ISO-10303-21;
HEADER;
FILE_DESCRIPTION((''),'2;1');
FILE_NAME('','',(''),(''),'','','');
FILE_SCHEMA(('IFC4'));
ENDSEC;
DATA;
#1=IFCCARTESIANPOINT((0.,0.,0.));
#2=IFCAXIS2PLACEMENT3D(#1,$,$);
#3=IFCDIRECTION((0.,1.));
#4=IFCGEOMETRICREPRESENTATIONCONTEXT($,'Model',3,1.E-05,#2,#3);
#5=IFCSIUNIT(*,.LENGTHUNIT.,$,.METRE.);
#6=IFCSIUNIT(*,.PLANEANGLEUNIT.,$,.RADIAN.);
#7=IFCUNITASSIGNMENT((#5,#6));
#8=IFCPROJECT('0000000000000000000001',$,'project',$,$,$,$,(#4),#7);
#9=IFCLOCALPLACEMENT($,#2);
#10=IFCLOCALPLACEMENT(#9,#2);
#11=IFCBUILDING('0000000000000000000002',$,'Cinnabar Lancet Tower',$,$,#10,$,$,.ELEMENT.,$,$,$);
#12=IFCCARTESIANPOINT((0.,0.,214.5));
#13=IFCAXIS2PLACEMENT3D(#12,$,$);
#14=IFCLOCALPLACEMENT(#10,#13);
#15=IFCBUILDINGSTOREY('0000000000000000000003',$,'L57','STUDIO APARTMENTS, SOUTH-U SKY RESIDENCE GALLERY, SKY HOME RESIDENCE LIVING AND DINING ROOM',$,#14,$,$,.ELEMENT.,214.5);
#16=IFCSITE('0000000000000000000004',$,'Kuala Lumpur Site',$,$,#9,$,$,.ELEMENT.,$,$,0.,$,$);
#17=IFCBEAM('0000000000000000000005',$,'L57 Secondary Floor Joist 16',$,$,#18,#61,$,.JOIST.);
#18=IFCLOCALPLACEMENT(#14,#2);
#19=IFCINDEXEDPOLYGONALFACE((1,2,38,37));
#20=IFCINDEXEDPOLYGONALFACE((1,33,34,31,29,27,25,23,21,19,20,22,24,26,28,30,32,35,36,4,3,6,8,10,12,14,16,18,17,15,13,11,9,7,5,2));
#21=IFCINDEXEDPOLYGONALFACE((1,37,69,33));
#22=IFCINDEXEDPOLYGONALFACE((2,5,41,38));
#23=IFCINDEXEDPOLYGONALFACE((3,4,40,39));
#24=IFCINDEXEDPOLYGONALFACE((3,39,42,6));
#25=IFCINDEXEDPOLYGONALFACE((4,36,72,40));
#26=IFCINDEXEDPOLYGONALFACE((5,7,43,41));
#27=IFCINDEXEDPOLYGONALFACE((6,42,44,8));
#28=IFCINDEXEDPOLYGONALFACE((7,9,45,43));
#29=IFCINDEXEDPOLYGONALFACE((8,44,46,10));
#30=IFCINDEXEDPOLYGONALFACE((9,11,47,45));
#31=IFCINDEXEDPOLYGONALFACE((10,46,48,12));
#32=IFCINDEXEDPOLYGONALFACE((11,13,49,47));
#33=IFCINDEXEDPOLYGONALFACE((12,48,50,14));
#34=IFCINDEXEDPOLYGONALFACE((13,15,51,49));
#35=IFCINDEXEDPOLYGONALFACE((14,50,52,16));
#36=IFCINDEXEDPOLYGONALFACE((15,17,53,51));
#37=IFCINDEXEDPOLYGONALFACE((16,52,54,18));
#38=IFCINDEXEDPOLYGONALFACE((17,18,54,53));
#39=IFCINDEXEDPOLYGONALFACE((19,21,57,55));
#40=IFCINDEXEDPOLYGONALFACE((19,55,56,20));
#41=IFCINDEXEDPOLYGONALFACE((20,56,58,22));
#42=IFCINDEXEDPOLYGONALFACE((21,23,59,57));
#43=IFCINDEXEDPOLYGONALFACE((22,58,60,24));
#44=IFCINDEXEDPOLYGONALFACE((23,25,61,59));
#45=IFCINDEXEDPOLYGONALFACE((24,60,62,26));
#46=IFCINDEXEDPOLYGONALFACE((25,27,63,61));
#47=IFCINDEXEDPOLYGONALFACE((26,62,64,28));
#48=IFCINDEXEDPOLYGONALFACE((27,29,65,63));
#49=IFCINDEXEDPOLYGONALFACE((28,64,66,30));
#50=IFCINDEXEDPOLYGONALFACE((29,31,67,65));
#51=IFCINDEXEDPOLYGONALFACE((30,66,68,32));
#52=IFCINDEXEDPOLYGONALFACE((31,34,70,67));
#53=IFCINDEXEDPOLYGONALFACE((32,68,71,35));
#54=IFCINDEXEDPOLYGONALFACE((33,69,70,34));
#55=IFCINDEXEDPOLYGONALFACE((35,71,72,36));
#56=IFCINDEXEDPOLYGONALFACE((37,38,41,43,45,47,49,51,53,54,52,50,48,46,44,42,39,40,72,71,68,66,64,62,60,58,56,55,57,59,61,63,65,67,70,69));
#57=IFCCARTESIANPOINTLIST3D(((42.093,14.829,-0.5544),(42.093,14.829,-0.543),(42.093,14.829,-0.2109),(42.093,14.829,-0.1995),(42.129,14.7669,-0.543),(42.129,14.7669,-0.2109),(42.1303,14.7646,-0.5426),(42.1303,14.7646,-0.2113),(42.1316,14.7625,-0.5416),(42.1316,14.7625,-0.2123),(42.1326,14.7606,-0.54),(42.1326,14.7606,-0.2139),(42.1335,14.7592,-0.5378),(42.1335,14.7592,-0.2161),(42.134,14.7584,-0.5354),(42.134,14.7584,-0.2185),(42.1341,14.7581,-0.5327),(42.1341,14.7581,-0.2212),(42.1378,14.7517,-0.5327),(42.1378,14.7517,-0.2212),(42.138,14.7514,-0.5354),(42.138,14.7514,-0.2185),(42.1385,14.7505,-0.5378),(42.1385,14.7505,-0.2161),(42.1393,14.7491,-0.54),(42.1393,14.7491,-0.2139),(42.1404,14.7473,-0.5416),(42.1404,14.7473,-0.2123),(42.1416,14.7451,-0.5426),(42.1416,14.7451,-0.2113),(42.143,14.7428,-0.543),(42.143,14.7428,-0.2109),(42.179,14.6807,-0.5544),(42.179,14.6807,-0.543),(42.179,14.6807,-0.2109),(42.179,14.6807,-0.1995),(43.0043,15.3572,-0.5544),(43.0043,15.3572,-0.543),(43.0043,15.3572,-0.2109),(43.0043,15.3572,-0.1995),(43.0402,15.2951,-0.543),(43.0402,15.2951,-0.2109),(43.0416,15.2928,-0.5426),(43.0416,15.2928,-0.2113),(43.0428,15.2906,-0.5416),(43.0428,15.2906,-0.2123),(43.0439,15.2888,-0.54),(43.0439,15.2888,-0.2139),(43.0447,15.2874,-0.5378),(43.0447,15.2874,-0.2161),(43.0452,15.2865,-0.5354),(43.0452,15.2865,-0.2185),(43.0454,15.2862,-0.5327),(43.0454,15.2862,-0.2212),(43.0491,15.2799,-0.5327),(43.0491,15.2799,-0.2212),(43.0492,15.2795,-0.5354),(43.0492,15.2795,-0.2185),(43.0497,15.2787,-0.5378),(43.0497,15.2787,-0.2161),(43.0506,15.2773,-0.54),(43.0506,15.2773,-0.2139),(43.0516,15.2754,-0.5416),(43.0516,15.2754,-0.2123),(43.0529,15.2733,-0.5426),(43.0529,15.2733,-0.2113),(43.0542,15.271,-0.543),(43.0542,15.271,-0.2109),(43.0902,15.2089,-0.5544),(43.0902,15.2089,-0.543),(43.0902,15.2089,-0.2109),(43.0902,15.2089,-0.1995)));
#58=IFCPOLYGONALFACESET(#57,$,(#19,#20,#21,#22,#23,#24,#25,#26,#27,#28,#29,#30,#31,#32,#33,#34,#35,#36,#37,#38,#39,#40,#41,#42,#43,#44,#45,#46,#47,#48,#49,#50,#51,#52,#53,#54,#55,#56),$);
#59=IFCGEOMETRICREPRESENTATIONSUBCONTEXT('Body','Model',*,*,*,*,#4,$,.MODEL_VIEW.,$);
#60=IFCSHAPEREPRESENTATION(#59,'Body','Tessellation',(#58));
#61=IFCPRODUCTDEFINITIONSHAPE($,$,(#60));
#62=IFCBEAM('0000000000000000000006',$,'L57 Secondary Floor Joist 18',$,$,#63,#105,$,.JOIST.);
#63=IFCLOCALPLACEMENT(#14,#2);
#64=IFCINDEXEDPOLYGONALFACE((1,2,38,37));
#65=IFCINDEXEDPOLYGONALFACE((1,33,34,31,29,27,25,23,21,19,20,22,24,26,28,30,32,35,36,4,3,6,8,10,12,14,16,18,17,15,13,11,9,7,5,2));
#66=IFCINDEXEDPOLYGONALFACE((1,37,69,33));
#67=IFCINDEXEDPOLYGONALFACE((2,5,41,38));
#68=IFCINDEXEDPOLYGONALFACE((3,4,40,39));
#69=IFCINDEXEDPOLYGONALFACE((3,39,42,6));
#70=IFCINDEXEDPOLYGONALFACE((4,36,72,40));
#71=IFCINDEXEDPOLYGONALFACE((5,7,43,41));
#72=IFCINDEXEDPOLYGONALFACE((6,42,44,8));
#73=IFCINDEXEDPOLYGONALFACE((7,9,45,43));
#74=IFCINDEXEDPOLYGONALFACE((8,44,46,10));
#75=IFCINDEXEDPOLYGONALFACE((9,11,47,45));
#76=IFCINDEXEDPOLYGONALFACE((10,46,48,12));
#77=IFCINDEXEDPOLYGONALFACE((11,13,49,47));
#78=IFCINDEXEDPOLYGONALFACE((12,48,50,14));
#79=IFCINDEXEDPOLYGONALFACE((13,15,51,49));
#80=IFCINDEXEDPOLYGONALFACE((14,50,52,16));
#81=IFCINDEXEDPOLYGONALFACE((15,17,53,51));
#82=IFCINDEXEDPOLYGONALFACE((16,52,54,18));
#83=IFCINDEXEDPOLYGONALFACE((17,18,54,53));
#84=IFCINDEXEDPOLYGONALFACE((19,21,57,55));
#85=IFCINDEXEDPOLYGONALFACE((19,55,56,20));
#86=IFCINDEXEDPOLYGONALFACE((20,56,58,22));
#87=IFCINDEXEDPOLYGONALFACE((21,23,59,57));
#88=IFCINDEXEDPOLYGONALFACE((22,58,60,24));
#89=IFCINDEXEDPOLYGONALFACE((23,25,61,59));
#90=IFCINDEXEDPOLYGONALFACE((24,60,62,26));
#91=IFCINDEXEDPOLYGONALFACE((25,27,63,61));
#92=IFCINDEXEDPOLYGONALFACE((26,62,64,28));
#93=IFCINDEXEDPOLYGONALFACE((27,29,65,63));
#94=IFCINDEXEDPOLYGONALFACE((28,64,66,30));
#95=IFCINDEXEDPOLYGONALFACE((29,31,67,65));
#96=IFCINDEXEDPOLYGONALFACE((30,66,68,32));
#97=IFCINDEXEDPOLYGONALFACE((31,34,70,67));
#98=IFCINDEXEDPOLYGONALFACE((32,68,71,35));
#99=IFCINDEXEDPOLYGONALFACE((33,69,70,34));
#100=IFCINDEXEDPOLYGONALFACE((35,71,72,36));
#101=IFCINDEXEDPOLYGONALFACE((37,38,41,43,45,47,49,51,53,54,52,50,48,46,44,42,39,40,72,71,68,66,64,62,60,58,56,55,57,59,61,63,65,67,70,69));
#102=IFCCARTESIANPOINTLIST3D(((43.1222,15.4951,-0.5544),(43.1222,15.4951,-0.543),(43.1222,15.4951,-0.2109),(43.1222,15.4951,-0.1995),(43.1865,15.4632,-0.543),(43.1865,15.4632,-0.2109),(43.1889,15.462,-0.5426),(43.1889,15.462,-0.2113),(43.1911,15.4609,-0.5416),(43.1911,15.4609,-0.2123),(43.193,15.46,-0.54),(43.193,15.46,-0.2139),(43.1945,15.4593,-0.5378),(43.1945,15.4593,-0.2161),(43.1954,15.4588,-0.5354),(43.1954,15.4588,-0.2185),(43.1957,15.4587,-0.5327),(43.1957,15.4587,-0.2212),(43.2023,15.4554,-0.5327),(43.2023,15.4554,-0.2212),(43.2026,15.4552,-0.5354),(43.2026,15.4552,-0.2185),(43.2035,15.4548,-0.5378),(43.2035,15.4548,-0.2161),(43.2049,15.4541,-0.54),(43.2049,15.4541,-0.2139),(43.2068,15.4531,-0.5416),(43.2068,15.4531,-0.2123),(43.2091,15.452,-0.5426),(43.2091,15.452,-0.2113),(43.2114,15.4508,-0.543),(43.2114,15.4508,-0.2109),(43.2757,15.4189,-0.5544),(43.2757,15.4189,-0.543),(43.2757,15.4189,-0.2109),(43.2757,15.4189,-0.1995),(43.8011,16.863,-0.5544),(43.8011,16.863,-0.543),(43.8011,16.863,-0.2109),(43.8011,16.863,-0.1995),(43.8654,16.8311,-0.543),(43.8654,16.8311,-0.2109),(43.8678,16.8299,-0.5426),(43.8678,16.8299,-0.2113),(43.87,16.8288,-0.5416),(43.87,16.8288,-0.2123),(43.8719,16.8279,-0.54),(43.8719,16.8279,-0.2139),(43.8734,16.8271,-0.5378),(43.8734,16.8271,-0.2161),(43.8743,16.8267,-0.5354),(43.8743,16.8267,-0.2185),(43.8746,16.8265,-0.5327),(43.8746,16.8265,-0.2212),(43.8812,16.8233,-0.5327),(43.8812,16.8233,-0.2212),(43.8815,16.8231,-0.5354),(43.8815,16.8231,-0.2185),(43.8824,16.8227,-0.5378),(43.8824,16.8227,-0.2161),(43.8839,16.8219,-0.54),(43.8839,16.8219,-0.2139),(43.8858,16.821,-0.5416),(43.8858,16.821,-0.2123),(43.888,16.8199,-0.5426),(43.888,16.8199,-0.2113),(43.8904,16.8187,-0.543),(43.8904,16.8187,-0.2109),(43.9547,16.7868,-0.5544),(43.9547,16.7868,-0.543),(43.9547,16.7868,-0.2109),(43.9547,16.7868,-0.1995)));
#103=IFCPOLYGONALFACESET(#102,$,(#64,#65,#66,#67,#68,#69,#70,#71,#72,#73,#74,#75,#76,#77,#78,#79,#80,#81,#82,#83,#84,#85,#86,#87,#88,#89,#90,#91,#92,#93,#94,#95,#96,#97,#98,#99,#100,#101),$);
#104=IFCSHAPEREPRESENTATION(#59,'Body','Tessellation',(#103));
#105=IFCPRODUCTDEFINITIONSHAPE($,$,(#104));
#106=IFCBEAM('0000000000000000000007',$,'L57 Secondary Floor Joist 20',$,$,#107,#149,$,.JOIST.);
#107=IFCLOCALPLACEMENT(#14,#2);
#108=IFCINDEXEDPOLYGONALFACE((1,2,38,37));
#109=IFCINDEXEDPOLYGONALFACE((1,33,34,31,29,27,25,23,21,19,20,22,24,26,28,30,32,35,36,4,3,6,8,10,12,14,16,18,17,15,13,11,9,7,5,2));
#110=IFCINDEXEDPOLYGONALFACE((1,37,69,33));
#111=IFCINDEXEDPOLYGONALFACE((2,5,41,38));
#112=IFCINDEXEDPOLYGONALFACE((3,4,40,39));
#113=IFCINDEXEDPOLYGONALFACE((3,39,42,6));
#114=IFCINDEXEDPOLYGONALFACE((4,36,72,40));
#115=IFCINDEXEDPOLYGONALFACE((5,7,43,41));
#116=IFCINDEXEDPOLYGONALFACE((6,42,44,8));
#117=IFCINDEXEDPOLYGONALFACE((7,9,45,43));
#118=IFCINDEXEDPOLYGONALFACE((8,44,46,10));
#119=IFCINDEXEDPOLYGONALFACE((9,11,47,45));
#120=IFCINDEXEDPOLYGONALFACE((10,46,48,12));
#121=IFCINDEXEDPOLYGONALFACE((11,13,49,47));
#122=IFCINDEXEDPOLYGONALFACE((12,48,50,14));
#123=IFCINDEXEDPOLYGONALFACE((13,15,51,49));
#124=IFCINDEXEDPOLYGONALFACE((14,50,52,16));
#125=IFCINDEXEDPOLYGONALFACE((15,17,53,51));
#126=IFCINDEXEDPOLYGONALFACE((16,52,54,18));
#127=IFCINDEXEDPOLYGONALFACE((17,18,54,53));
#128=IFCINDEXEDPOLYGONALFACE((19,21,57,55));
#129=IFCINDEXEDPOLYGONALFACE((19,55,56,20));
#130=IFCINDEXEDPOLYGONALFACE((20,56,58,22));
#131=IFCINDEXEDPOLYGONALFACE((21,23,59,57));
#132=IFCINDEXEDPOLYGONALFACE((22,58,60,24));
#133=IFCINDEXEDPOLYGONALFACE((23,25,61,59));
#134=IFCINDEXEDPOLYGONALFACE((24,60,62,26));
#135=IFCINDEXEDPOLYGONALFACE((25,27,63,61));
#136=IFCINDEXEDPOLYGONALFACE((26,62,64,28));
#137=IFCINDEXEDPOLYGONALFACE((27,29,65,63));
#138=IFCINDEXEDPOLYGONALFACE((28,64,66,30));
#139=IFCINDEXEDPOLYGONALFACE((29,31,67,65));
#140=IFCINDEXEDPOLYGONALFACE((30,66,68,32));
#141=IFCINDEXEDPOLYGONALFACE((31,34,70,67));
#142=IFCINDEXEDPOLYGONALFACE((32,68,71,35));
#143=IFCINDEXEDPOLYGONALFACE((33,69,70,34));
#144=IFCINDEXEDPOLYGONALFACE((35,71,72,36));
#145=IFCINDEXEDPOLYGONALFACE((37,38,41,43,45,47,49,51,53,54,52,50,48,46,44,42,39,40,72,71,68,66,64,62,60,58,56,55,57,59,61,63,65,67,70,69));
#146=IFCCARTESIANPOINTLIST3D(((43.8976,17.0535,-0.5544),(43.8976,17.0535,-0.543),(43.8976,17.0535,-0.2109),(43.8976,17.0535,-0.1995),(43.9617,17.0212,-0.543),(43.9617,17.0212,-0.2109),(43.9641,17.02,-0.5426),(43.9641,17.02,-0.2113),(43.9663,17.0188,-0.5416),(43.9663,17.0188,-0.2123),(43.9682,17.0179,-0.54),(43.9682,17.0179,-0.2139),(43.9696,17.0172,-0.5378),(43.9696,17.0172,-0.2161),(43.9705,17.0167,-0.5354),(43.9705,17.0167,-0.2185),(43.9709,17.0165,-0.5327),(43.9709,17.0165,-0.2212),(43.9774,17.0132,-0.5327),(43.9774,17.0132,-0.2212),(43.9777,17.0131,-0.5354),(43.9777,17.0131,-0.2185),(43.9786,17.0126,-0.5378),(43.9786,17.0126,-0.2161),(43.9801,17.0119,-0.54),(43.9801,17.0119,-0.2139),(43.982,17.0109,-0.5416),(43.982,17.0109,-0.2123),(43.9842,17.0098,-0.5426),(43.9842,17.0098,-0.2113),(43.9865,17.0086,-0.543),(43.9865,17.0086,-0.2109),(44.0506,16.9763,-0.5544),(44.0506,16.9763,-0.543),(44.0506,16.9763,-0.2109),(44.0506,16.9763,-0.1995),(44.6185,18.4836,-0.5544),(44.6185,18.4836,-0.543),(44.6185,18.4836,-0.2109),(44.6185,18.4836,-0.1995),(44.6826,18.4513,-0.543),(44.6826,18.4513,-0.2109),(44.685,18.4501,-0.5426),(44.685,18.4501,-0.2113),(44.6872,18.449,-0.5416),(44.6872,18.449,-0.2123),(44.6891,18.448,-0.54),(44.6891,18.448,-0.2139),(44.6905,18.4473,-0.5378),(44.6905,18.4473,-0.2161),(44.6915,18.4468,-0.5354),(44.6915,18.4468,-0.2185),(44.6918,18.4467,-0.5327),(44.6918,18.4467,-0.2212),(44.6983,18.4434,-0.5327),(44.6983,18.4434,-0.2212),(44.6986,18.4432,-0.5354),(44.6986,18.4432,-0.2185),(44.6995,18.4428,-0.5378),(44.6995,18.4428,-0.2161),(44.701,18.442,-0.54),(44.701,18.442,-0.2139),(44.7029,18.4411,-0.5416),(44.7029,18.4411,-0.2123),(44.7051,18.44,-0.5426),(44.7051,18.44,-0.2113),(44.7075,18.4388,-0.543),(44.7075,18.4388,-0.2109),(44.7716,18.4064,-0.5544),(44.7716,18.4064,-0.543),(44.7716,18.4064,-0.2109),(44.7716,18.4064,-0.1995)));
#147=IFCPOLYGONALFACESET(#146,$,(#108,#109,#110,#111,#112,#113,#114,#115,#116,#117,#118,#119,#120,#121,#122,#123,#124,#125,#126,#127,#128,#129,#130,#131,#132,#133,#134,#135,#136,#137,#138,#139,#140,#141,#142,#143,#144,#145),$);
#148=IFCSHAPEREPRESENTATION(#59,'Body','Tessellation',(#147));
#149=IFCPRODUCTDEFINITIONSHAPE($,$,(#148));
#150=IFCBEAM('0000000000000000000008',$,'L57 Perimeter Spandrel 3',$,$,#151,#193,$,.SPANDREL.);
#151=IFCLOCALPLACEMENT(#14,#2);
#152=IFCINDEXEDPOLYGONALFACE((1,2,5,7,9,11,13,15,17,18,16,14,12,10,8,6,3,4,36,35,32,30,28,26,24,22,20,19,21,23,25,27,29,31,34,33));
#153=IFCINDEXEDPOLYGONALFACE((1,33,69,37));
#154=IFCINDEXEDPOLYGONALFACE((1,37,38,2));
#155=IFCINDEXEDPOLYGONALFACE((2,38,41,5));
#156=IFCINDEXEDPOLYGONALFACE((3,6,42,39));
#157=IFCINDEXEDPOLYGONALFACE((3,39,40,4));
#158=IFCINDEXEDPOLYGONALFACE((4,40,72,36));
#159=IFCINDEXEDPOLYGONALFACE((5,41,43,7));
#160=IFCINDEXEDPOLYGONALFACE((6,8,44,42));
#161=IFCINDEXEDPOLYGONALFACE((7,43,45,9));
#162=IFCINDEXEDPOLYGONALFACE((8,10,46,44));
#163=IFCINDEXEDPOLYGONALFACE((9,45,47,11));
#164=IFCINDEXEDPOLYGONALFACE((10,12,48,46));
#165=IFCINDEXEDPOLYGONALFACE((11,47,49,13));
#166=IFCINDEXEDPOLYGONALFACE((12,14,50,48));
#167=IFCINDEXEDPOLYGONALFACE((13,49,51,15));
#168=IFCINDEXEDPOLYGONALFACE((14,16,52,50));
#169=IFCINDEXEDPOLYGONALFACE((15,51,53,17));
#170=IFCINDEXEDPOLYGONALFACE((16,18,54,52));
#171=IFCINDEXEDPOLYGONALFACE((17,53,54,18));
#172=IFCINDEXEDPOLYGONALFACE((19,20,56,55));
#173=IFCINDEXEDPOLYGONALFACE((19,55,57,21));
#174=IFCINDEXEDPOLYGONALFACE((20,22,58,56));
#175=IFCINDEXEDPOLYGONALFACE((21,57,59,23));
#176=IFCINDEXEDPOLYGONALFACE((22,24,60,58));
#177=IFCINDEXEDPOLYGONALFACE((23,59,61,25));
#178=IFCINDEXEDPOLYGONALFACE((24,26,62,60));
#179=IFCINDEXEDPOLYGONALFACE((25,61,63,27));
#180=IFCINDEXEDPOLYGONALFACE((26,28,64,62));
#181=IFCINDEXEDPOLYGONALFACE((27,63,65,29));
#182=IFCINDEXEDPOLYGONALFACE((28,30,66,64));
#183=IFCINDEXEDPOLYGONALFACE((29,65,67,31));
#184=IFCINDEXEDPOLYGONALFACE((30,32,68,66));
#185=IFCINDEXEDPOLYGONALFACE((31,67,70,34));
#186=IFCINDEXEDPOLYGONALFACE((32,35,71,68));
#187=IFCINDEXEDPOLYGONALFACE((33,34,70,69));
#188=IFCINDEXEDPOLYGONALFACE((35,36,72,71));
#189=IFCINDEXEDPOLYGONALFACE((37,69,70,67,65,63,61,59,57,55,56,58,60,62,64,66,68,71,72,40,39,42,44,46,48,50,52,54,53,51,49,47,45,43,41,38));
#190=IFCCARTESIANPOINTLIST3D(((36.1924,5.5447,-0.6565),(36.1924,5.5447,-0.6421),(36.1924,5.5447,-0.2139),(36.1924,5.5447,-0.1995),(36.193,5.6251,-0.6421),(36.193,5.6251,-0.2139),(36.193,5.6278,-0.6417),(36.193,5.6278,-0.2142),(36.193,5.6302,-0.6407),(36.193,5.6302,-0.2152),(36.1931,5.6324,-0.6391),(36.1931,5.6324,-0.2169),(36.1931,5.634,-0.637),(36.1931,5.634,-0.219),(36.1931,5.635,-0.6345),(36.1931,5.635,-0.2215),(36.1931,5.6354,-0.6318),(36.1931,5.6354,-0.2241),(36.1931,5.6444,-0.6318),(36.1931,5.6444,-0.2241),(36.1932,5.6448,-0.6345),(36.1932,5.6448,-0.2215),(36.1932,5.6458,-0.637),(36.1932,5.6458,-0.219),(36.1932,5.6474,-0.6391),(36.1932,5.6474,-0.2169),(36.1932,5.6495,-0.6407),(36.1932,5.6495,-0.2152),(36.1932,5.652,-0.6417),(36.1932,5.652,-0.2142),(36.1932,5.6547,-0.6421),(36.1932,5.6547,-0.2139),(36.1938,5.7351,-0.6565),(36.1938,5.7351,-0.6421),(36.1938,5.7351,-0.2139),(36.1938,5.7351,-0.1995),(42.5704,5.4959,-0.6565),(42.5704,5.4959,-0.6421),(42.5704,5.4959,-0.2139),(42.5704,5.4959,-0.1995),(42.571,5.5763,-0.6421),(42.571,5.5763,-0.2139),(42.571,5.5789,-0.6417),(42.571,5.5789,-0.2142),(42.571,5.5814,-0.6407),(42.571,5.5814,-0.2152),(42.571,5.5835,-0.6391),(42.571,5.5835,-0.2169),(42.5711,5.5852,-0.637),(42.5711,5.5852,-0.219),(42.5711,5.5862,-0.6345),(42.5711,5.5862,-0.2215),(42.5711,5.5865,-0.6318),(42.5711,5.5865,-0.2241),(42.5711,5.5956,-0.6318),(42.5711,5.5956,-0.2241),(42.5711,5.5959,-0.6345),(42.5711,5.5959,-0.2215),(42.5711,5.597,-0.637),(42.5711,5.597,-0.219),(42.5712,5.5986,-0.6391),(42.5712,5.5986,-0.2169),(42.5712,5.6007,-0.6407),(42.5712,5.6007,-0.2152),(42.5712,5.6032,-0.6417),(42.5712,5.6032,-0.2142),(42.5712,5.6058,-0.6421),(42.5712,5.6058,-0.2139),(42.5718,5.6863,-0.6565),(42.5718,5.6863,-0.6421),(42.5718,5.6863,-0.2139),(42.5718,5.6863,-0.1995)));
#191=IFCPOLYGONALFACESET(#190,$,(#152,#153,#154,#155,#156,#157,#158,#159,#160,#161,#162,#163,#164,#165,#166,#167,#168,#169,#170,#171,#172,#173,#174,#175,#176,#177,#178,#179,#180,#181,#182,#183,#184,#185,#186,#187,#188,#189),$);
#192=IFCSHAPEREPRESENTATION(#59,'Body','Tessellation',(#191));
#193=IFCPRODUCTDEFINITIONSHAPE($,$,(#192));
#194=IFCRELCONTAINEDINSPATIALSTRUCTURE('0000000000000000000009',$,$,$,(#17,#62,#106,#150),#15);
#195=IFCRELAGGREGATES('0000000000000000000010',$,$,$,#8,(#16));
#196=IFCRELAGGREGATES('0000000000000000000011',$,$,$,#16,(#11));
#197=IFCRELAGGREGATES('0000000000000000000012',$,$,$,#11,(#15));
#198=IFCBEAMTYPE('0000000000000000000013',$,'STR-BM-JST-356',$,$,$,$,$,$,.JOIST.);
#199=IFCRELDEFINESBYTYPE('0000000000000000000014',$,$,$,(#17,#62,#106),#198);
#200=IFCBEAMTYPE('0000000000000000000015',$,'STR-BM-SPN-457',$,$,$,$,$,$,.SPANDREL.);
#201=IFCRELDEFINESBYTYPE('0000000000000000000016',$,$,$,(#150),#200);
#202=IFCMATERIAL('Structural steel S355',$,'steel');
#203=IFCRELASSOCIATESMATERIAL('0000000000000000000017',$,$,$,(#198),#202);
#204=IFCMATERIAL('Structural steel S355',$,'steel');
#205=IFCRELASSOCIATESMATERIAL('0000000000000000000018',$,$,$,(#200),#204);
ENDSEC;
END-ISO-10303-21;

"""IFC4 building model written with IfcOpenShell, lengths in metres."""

from ifc_helpers import new_model, si_unit, direction, frame, origin, origin_2d, place, context, subcontext, project, spatial, i_section, extrude, material, material_profile, profile_set, type_object, element, save


model = new_model("IFC4")

# Units and contexts
model_context = context("Model", 3, precision=1e-05, world=origin(), true_north=direction((0.0, 1.0)))
body_context = subcontext(model_context, "Body", "Model", "MODEL_VIEW")
ifc_project = project(units=[si_unit("LENGTHUNIT", "METRE"), si_unit("PLANEANGLEUNIT", "RADIAN")], contexts=[model_context])

# Site, building, storey
site_placement = place(None, origin())
site = spatial("IfcSite", under=ifc_project, at=site_placement, Name="Kuala Lumpur Site", CompositionType="ELEMENT", RefElevation=0.0)
building_placement = place(site_placement, origin())
building = spatial("IfcBuilding", under=site, at=building_placement, Name="Cinnabar Lancet Tower", CompositionType="ELEMENT")
storey_placement = place(building_placement, frame((0.0, 0.0, 214.5)))
storey = spatial("IfcBuildingStorey", under=building, at=storey_placement, Name="L57", Description="STUDIO APARTMENTS, SOUTH-U SKY RESIDENCE GALLERY, SKY HOME RESIDENCE LIVING AND DINING ROOM", CompositionType="ELEMENT", Elevation=214.5)

# Beams
ifc_material_1 = material(Name="Structural steel S355", Category="steel")
ifc_material_profile_1 = material_profile(ifc_material_1, i_section(OverallWidth=0.1714, OverallDepth=0.355, WebThickness=0.0073, FlangeThickness=0.0115, FilletRadius=0.0103, at=origin_2d()), Name="UKB 356x171x51")
ifc_profile_set_1 = profile_set([ifc_material_profile_1], Name="Structural steel S355")
beam_type_1 = type_object("IfcBeamType", Name="STR-BM-JST-356", PredefinedType="JOIST", material=ifc_profile_set_1)
beam_1_placement = place(storey_placement, frame((42.136, 14.7549, -0.377), z_axis=(0.865188, 0.501447, 0.0), x_axis=(-0.501447, 0.865188, 0.0)))
element("IfcBeam", 1, at=beam_1_placement, inside=storey, type_object=beam_type_1, Name="L57 Secondary Floor Joist 16", PredefinedType="JOIST", context=body_context, shape_type="SweptSolid", body=[
    extrude(i_section(OverallWidth=0.1714, OverallDepth=0.355, WebThickness=0.0073, FlangeThickness=0.0115, FilletRadius=0.0103, at=origin_2d()), origin(), (0.0, 0.0, 1.0), 1.0532),
])
beam_2_placement = place(storey_placement, frame((43.199, 15.457, -0.377), z_axis=(0.44459, 0.895734, 0.0), x_axis=(-0.895734, 0.44459, 0.0)))
element("IfcBeam", 2, at=beam_2_placement, inside=storey, type_object=beam_type_1, Name="L57 Secondary Floor Joist 18", PredefinedType="JOIST", context=body_context, shape_type="SweptSolid", body=[
    extrude(i_section(OverallWidth=0.1714, OverallDepth=0.355, WebThickness=0.0073, FlangeThickness=0.0115, FilletRadius=0.0103, at=origin_2d()), origin(), (0.0, 0.0, 1.0), 1.5271),
])
beam_3_placement = place(storey_placement, frame((43.9741, 17.0149, -0.377), z_axis=(0.450138, 0.892959, 0.0), x_axis=(-0.892959, 0.450138, 0.0)))
element("IfcBeam", 3, at=beam_3_placement, inside=storey, type_object=beam_type_1, Name="L57 Secondary Floor Joist 20", PredefinedType="JOIST", context=body_context, shape_type="SweptSolid", body=[
    extrude(i_section(OverallWidth=0.1714, OverallDepth=0.355, WebThickness=0.0073, FlangeThickness=0.0115, FilletRadius=0.0103, at=origin_2d()), origin(), (0.0, 0.0, 1.0), 1.6016),
])
ifc_material_2 = material(Name="Structural steel S355", Category="steel")
ifc_material_profile_2 = material_profile(ifc_material_2, i_section(OverallWidth=0.1904, OverallDepth=0.457, WebThickness=0.009, FlangeThickness=0.0144, FilletRadius=0.0103, at=origin_2d()), Name="UKB 457x191x74")
ifc_profile_set_2 = profile_set([ifc_material_profile_2], Name="Structural steel S355")
beam_type_2 = type_object("IfcBeamType", Name="STR-BM-SPN-457", PredefinedType="SPANDREL", material=ifc_profile_set_2)
beam_4_placement = place(storey_placement, frame((36.1931, 5.6399, -0.428), z_axis=(0.999971, -0.007656, 0.0), x_axis=(0.007656, 0.999971, 0.0)))
element("IfcBeam", 4, at=beam_4_placement, inside=storey, type_object=beam_type_2, Name="L57 Perimeter Spandrel 3", PredefinedType="SPANDREL", context=body_context, shape_type="SweptSolid", body=[
    extrude(i_section(OverallWidth=0.1904, OverallDepth=0.457, WebThickness=0.009, FlangeThickness=0.0144, FilletRadius=0.0103, at=origin_2d()), origin(), (0.0, 0.0, 1.0), 6.3782),
])

save(model, "model.ifc")
